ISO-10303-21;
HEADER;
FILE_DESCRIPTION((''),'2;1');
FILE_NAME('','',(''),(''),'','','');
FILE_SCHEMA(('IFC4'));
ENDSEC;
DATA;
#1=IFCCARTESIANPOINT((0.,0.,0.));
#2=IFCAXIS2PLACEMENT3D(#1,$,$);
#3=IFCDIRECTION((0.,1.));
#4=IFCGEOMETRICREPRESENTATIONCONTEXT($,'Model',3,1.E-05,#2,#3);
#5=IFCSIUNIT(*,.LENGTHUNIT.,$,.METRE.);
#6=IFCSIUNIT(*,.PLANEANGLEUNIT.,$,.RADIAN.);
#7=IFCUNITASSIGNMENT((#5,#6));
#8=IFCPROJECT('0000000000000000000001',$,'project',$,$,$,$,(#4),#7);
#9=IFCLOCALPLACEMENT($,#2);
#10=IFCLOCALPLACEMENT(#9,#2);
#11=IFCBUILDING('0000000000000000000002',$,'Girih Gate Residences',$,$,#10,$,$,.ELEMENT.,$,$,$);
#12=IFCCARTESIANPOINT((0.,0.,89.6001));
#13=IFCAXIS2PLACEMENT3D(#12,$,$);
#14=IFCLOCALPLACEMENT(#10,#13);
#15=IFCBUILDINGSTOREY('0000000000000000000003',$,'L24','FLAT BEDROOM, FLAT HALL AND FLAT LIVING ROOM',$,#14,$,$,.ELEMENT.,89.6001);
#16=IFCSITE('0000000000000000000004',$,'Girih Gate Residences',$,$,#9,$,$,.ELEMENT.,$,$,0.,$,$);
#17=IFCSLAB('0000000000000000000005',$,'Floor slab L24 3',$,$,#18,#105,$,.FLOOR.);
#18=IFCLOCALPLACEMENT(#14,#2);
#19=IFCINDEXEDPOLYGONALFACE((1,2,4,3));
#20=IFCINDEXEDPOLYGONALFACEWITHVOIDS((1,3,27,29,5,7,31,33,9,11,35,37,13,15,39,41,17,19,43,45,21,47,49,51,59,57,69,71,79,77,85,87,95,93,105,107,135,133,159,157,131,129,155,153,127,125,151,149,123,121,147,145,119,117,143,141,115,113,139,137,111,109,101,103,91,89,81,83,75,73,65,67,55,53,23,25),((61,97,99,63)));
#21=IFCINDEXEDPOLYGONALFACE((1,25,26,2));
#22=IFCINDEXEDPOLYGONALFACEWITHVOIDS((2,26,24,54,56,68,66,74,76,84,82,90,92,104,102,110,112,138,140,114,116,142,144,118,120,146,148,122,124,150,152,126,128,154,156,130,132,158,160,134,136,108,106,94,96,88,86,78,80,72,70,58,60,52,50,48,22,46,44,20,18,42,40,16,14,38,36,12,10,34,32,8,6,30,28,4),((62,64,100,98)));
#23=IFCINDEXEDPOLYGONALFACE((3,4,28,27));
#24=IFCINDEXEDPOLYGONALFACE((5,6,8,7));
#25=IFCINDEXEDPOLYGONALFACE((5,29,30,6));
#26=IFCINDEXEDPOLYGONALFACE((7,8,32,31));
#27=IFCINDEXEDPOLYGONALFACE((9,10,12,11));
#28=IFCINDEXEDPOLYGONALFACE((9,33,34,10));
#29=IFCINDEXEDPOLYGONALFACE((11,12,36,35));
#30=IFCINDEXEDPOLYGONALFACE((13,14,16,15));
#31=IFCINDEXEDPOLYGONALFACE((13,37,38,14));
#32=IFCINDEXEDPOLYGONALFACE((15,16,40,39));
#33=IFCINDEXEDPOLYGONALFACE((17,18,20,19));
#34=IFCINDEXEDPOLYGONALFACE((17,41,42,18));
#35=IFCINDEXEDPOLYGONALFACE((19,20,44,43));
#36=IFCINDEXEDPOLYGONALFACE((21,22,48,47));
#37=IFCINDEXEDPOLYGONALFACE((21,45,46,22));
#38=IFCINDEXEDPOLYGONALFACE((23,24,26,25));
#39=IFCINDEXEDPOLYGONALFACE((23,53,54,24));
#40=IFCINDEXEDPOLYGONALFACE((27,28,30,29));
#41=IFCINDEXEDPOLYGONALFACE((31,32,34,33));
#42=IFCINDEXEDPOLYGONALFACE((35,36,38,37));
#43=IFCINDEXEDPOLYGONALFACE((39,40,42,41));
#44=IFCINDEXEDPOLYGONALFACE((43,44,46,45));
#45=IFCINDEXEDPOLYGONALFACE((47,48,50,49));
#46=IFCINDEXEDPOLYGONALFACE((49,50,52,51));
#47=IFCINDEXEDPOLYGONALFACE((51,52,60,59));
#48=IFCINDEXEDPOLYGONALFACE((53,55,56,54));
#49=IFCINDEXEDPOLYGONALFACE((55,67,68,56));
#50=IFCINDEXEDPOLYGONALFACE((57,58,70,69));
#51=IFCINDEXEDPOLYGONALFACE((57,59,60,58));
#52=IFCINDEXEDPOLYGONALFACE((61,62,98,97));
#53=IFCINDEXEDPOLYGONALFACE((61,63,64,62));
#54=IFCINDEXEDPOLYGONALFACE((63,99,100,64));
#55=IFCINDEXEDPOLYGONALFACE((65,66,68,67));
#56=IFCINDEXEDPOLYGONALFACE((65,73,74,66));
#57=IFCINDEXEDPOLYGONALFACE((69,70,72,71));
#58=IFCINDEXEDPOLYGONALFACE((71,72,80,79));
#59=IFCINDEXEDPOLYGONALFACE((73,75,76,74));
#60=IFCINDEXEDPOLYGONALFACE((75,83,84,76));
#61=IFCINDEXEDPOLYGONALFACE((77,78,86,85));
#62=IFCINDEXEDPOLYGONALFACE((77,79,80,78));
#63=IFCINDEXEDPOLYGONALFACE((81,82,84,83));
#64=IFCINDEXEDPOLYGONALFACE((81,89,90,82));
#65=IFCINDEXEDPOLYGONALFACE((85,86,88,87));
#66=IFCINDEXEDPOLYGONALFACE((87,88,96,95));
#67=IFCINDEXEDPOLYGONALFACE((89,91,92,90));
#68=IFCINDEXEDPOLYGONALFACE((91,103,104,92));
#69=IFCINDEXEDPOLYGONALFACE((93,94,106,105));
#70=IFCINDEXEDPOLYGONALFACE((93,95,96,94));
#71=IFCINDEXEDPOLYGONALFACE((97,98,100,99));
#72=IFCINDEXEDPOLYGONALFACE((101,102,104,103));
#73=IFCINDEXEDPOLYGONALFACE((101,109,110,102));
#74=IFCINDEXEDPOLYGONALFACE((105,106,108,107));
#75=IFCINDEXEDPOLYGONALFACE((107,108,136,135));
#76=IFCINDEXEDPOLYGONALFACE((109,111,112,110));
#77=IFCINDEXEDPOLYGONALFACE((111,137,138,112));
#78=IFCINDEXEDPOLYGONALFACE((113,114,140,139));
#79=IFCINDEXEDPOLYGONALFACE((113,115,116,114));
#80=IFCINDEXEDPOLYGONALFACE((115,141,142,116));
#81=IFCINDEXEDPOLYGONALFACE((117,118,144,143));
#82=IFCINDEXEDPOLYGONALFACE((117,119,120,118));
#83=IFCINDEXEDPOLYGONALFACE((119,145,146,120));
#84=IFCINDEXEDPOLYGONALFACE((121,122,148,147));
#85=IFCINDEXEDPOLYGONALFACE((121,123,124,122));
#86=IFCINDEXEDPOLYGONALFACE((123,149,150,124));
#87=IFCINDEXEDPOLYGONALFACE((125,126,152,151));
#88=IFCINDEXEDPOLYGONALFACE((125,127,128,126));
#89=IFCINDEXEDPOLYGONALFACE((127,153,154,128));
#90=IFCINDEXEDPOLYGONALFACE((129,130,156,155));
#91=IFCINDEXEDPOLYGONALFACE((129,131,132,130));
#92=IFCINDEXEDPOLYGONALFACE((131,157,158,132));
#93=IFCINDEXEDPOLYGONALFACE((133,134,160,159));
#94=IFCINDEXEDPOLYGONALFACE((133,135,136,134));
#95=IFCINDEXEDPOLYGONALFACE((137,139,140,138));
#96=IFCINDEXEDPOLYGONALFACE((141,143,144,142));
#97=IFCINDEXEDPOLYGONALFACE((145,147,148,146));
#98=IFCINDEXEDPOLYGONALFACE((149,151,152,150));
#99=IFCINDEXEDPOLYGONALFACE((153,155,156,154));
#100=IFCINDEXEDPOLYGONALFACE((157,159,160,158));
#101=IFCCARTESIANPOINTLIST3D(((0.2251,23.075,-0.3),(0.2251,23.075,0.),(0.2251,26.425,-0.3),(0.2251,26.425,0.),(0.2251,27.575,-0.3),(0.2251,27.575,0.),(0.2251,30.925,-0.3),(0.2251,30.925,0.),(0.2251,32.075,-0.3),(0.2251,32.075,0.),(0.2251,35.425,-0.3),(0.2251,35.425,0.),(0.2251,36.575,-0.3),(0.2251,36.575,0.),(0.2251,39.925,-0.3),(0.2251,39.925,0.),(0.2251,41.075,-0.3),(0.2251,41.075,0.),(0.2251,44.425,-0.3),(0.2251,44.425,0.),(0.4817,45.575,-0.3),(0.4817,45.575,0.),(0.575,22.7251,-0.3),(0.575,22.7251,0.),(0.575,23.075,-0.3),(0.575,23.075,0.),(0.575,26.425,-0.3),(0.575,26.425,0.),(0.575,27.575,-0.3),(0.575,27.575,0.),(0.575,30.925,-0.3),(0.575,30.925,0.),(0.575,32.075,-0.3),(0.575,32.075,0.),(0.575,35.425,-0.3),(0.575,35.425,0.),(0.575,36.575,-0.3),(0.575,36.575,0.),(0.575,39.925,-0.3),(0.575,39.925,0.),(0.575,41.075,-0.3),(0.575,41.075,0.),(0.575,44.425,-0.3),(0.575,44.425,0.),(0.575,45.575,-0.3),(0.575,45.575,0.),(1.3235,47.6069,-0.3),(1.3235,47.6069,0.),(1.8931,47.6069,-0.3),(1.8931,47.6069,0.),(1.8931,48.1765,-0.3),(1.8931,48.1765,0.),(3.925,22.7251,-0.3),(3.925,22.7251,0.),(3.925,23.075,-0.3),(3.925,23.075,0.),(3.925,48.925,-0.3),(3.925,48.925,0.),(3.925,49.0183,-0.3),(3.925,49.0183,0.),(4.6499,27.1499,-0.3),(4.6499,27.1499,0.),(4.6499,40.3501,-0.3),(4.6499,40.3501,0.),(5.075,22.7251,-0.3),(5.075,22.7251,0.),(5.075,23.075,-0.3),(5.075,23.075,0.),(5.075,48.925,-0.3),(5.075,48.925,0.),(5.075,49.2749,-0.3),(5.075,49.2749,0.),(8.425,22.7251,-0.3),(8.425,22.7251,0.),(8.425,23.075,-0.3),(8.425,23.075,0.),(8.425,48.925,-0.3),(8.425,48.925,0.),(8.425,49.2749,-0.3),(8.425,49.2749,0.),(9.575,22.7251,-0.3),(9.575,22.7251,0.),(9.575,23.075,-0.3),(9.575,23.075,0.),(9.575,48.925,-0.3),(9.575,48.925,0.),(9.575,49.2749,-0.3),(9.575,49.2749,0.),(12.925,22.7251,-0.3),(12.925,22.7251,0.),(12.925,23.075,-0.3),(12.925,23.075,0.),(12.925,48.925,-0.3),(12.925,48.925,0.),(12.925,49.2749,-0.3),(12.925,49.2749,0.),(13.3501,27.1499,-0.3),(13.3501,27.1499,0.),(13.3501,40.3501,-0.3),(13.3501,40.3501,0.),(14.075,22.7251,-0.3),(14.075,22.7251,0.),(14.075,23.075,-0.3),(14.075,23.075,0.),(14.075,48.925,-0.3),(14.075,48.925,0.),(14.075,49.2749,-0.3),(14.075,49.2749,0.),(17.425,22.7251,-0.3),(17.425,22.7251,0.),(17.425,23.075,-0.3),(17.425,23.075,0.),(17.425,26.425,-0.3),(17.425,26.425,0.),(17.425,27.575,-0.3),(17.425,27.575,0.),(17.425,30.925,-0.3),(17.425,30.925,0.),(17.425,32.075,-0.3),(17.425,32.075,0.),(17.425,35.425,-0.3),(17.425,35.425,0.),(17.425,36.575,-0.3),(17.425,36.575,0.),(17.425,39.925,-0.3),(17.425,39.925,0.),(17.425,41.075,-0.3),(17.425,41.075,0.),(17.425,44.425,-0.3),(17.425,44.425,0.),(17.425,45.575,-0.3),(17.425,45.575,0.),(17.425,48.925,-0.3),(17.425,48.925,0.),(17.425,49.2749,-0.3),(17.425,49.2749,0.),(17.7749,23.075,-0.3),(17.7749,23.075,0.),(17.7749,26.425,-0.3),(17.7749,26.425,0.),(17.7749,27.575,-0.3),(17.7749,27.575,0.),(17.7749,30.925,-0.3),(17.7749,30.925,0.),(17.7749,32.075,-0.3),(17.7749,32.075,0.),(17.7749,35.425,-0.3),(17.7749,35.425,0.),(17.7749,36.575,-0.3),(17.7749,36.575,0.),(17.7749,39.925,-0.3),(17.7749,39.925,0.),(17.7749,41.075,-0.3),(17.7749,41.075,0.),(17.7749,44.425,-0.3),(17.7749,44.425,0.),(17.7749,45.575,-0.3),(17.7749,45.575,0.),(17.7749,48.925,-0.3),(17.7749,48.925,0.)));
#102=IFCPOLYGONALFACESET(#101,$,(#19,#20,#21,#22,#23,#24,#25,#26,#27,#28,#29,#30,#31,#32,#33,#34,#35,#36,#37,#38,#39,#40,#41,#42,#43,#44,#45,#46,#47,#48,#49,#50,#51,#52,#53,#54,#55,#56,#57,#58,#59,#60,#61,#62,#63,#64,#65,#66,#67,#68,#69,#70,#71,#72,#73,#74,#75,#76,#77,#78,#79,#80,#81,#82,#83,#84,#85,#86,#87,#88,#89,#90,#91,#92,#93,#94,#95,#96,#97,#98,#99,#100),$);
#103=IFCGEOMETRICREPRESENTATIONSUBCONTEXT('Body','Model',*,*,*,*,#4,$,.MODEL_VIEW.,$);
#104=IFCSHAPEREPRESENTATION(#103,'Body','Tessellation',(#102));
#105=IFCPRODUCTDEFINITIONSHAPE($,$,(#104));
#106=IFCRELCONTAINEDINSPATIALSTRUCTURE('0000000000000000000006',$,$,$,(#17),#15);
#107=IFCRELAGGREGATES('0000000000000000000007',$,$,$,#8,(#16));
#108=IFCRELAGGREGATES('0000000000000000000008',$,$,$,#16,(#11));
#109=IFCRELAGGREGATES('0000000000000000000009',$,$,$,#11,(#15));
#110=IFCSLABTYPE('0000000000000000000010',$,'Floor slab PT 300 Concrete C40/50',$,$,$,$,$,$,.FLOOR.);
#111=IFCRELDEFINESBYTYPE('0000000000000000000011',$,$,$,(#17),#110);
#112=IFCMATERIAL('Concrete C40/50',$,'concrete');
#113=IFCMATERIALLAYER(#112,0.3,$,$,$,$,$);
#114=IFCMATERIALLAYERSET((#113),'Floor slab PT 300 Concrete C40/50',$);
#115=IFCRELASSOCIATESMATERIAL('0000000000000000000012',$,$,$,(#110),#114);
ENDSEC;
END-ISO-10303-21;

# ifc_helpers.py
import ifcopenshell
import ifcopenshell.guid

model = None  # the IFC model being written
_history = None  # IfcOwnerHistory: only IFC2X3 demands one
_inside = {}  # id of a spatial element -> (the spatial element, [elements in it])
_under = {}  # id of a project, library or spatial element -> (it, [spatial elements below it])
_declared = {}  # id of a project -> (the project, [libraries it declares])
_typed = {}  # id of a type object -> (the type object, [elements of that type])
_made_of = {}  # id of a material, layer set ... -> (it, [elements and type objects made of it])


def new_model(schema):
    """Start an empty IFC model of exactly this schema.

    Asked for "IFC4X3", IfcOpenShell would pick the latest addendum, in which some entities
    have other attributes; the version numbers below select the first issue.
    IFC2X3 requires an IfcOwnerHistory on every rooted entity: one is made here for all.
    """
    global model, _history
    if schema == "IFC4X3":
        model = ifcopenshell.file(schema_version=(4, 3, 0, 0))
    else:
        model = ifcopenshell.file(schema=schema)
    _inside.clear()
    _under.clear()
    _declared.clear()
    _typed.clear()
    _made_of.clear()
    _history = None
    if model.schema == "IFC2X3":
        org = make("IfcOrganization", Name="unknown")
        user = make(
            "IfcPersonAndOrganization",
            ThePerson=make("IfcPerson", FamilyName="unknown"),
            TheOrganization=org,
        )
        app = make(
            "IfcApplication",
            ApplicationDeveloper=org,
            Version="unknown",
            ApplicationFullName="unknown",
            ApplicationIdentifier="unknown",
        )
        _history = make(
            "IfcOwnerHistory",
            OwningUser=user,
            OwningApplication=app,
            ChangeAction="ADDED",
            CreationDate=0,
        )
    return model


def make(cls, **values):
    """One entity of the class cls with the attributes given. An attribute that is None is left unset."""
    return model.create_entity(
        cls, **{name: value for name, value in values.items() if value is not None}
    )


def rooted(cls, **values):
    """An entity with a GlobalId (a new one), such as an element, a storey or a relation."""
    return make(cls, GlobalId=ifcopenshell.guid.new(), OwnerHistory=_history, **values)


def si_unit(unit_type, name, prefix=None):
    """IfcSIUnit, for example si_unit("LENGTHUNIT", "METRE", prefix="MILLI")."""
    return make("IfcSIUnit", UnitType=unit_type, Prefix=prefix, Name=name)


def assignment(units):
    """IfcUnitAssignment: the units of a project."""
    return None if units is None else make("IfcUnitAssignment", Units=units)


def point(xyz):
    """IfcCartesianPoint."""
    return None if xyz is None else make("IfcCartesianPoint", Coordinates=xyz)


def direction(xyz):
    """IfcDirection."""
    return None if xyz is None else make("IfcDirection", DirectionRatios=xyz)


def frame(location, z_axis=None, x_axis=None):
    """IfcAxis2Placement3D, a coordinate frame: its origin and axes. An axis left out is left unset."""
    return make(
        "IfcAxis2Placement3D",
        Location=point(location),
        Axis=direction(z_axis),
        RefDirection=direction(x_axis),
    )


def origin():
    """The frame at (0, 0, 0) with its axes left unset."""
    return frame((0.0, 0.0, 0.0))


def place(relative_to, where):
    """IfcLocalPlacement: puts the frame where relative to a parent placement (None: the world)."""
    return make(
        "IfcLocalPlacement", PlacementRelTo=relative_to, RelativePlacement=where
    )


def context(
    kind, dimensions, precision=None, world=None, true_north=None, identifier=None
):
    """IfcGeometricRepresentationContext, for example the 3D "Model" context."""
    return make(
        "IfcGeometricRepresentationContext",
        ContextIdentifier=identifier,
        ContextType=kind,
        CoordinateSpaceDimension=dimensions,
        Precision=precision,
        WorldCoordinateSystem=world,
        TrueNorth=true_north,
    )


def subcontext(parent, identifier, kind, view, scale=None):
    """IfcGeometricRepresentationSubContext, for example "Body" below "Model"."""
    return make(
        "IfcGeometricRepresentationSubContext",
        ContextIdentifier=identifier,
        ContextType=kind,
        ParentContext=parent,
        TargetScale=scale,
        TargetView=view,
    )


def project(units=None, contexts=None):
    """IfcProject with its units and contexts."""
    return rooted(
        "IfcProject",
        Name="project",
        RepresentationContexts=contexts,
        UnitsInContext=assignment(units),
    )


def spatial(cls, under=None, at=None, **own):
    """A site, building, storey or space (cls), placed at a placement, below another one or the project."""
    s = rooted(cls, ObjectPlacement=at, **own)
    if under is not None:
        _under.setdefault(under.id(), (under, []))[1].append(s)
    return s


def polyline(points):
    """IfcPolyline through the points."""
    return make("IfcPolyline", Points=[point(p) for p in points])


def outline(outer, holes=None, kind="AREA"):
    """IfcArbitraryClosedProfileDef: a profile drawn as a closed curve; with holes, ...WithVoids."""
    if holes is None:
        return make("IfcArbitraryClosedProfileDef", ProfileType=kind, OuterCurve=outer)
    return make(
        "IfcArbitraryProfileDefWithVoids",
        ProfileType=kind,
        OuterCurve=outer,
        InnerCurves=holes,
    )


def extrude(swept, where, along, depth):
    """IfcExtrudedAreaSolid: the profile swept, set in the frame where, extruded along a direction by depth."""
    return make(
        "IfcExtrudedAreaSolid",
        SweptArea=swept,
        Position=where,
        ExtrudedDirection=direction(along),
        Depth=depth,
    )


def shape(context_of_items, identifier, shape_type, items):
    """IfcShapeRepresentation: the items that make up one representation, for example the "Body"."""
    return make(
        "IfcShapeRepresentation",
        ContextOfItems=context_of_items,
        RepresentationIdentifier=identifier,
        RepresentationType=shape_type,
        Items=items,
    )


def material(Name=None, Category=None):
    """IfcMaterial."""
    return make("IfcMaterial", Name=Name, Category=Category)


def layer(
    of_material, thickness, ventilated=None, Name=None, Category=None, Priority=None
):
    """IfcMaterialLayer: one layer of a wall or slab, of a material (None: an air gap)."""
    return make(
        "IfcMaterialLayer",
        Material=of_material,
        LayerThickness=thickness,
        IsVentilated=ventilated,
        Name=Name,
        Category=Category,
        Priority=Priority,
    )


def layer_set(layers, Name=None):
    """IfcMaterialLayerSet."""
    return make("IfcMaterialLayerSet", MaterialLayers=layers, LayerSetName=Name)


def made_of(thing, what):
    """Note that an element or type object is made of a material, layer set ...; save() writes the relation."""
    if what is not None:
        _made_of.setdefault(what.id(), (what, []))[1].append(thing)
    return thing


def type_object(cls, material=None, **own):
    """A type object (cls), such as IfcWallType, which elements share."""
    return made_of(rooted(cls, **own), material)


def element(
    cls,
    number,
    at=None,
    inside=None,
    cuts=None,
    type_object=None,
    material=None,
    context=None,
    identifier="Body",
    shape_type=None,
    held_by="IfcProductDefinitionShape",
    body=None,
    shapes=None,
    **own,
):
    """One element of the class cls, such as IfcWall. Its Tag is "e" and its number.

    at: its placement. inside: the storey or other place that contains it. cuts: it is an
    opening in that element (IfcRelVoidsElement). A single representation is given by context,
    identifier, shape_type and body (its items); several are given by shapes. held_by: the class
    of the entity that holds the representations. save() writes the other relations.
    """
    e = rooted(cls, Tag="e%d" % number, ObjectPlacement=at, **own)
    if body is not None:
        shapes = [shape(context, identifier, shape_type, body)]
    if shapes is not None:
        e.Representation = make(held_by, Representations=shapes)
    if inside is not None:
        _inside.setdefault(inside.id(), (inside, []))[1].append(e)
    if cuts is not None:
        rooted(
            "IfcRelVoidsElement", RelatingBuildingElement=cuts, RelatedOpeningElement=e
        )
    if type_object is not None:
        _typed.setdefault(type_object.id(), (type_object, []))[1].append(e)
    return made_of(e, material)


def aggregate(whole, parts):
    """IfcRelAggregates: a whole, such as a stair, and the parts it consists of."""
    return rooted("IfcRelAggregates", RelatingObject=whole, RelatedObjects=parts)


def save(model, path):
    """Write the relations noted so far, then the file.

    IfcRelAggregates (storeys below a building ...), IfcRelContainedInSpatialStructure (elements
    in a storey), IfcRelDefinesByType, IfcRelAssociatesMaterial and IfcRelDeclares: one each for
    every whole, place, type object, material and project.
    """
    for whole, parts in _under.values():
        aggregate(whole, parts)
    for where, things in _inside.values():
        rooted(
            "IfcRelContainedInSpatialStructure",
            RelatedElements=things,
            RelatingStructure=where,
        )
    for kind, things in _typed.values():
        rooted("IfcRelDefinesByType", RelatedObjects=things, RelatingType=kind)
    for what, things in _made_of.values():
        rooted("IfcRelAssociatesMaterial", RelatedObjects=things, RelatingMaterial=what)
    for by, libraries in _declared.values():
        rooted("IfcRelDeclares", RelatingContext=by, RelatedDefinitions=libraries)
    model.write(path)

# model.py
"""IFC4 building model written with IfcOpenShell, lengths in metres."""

from ifc_helpers import new_model, si_unit, direction, frame, origin, place, context, subcontext, project, spatial, polyline, outline, extrude, material, layer, layer_set, type_object, element, save


model = new_model("IFC4")

# Units and contexts
model_context = context("Model", 3, precision=1e-05, world=origin(), true_north=direction((0.0, 1.0)))
body_context = subcontext(model_context, "Body", "Model", "MODEL_VIEW")
ifc_project = project(units=[si_unit("LENGTHUNIT", "METRE"), si_unit("PLANEANGLEUNIT", "RADIAN")], contexts=[model_context])

# Site, building, storey
site_placement = place(None, origin())
site = spatial("IfcSite", under=ifc_project, at=site_placement, Name="Girih Gate Residences", CompositionType="ELEMENT", RefElevation=0.0)
building_placement = place(site_placement, origin())
building = spatial("IfcBuilding", under=site, at=building_placement, Name="Girih Gate Residences", CompositionType="ELEMENT")
storey_placement = place(building_placement, frame((0.0, 0.0, 89.6001)))
storey = spatial("IfcBuildingStorey", under=building, at=storey_placement, Name="L24", Description="FLAT BEDROOM, FLAT HALL AND FLAT LIVING ROOM", CompositionType="ELEMENT", Elevation=89.6001)

# Slab
ifc_material_1 = material(Name="Concrete C40/50", Category="concrete")
ifc_layer_1 = layer(ifc_material_1, 0.3)
ifc_layer_set_1 = layer_set([ifc_layer_1], Name="Floor slab PT 300 Concrete C40/50")
slab_type_1 = type_object("IfcSlabType", Name="Floor slab PT 300 Concrete C40/50", PredefinedType="FLOOR", material=ifc_layer_set_1)
slab_1_placement = place(storey_placement, frame((0.0, 0.0, -0.3)))
element("IfcSlab", 1, at=slab_1_placement, inside=storey, type_object=slab_type_1, Name="Floor slab L24 3", PredefinedType="FLOOR", context=body_context, shape_type="SweptSolid", body=[
    extrude(outline(polyline([(0.2251, 26.425), (0.2251, 23.075), (0.575, 23.075), (0.575, 22.7251), (3.925, 22.7251), (3.925, 23.075), (5.075, 23.075), (5.075, 22.7251), (8.425, 22.7251), (8.425, 23.075), (9.575, 23.075), (9.575, 22.7251), (12.925, 22.7251), (12.925, 23.075), (14.075, 23.075), (14.075, 22.7251), (17.425, 22.7251), (17.425, 23.075), (17.7749, 23.075), (17.7749, 26.425), (17.425, 26.425), (17.425, 27.575), (17.7749, 27.575), (17.7749, 30.925), (17.425, 30.925), (17.425, 32.075), (17.7749, 32.075), (17.7749, 35.425), (17.425, 35.425), (17.425, 36.575), (17.7749, 36.575), (17.7749, 39.925), (17.425, 39.925), (17.425, 41.075), (17.7749, 41.075), (17.7749, 44.425), (17.425, 44.425), (17.425, 45.575), (17.7749, 45.575), (17.7749, 48.925), (17.425, 48.925), (17.425, 49.2749), (14.075, 49.2749), (14.075, 48.925), (12.925, 48.925), (12.925, 49.2749), (9.575, 49.2749), (9.575, 48.925), (8.425, 48.925), (8.425, 49.2749), (5.075, 49.2749), (5.075, 48.925), (3.925, 48.925), (3.925, 49.0183), (1.8931, 48.1765), (1.8931, 47.6069), (1.3235, 47.6069), (0.4817, 45.575), (0.575, 45.575), (0.575, 44.425), (0.2251, 44.425), (0.2251, 41.075), (0.575, 41.075), (0.575, 39.925), (0.2251, 39.925), (0.2251, 36.575), (0.575, 36.575), (0.575, 35.425), (0.2251, 35.425), (0.2251, 32.075), (0.575, 32.075), (0.575, 30.925), (0.2251, 30.925), (0.2251, 27.575), (0.575, 27.575), (0.575, 26.425), (0.2251, 26.425)]), holes=[polyline([(13.3501, 40.3501), (13.3501, 27.1499), (4.6499, 27.1499), (4.6499, 40.3501), (13.3501, 40.3501)])]), origin(), (0.0, 0.0, 1.0), 0.3),
])

save(model, "model.ifc")
